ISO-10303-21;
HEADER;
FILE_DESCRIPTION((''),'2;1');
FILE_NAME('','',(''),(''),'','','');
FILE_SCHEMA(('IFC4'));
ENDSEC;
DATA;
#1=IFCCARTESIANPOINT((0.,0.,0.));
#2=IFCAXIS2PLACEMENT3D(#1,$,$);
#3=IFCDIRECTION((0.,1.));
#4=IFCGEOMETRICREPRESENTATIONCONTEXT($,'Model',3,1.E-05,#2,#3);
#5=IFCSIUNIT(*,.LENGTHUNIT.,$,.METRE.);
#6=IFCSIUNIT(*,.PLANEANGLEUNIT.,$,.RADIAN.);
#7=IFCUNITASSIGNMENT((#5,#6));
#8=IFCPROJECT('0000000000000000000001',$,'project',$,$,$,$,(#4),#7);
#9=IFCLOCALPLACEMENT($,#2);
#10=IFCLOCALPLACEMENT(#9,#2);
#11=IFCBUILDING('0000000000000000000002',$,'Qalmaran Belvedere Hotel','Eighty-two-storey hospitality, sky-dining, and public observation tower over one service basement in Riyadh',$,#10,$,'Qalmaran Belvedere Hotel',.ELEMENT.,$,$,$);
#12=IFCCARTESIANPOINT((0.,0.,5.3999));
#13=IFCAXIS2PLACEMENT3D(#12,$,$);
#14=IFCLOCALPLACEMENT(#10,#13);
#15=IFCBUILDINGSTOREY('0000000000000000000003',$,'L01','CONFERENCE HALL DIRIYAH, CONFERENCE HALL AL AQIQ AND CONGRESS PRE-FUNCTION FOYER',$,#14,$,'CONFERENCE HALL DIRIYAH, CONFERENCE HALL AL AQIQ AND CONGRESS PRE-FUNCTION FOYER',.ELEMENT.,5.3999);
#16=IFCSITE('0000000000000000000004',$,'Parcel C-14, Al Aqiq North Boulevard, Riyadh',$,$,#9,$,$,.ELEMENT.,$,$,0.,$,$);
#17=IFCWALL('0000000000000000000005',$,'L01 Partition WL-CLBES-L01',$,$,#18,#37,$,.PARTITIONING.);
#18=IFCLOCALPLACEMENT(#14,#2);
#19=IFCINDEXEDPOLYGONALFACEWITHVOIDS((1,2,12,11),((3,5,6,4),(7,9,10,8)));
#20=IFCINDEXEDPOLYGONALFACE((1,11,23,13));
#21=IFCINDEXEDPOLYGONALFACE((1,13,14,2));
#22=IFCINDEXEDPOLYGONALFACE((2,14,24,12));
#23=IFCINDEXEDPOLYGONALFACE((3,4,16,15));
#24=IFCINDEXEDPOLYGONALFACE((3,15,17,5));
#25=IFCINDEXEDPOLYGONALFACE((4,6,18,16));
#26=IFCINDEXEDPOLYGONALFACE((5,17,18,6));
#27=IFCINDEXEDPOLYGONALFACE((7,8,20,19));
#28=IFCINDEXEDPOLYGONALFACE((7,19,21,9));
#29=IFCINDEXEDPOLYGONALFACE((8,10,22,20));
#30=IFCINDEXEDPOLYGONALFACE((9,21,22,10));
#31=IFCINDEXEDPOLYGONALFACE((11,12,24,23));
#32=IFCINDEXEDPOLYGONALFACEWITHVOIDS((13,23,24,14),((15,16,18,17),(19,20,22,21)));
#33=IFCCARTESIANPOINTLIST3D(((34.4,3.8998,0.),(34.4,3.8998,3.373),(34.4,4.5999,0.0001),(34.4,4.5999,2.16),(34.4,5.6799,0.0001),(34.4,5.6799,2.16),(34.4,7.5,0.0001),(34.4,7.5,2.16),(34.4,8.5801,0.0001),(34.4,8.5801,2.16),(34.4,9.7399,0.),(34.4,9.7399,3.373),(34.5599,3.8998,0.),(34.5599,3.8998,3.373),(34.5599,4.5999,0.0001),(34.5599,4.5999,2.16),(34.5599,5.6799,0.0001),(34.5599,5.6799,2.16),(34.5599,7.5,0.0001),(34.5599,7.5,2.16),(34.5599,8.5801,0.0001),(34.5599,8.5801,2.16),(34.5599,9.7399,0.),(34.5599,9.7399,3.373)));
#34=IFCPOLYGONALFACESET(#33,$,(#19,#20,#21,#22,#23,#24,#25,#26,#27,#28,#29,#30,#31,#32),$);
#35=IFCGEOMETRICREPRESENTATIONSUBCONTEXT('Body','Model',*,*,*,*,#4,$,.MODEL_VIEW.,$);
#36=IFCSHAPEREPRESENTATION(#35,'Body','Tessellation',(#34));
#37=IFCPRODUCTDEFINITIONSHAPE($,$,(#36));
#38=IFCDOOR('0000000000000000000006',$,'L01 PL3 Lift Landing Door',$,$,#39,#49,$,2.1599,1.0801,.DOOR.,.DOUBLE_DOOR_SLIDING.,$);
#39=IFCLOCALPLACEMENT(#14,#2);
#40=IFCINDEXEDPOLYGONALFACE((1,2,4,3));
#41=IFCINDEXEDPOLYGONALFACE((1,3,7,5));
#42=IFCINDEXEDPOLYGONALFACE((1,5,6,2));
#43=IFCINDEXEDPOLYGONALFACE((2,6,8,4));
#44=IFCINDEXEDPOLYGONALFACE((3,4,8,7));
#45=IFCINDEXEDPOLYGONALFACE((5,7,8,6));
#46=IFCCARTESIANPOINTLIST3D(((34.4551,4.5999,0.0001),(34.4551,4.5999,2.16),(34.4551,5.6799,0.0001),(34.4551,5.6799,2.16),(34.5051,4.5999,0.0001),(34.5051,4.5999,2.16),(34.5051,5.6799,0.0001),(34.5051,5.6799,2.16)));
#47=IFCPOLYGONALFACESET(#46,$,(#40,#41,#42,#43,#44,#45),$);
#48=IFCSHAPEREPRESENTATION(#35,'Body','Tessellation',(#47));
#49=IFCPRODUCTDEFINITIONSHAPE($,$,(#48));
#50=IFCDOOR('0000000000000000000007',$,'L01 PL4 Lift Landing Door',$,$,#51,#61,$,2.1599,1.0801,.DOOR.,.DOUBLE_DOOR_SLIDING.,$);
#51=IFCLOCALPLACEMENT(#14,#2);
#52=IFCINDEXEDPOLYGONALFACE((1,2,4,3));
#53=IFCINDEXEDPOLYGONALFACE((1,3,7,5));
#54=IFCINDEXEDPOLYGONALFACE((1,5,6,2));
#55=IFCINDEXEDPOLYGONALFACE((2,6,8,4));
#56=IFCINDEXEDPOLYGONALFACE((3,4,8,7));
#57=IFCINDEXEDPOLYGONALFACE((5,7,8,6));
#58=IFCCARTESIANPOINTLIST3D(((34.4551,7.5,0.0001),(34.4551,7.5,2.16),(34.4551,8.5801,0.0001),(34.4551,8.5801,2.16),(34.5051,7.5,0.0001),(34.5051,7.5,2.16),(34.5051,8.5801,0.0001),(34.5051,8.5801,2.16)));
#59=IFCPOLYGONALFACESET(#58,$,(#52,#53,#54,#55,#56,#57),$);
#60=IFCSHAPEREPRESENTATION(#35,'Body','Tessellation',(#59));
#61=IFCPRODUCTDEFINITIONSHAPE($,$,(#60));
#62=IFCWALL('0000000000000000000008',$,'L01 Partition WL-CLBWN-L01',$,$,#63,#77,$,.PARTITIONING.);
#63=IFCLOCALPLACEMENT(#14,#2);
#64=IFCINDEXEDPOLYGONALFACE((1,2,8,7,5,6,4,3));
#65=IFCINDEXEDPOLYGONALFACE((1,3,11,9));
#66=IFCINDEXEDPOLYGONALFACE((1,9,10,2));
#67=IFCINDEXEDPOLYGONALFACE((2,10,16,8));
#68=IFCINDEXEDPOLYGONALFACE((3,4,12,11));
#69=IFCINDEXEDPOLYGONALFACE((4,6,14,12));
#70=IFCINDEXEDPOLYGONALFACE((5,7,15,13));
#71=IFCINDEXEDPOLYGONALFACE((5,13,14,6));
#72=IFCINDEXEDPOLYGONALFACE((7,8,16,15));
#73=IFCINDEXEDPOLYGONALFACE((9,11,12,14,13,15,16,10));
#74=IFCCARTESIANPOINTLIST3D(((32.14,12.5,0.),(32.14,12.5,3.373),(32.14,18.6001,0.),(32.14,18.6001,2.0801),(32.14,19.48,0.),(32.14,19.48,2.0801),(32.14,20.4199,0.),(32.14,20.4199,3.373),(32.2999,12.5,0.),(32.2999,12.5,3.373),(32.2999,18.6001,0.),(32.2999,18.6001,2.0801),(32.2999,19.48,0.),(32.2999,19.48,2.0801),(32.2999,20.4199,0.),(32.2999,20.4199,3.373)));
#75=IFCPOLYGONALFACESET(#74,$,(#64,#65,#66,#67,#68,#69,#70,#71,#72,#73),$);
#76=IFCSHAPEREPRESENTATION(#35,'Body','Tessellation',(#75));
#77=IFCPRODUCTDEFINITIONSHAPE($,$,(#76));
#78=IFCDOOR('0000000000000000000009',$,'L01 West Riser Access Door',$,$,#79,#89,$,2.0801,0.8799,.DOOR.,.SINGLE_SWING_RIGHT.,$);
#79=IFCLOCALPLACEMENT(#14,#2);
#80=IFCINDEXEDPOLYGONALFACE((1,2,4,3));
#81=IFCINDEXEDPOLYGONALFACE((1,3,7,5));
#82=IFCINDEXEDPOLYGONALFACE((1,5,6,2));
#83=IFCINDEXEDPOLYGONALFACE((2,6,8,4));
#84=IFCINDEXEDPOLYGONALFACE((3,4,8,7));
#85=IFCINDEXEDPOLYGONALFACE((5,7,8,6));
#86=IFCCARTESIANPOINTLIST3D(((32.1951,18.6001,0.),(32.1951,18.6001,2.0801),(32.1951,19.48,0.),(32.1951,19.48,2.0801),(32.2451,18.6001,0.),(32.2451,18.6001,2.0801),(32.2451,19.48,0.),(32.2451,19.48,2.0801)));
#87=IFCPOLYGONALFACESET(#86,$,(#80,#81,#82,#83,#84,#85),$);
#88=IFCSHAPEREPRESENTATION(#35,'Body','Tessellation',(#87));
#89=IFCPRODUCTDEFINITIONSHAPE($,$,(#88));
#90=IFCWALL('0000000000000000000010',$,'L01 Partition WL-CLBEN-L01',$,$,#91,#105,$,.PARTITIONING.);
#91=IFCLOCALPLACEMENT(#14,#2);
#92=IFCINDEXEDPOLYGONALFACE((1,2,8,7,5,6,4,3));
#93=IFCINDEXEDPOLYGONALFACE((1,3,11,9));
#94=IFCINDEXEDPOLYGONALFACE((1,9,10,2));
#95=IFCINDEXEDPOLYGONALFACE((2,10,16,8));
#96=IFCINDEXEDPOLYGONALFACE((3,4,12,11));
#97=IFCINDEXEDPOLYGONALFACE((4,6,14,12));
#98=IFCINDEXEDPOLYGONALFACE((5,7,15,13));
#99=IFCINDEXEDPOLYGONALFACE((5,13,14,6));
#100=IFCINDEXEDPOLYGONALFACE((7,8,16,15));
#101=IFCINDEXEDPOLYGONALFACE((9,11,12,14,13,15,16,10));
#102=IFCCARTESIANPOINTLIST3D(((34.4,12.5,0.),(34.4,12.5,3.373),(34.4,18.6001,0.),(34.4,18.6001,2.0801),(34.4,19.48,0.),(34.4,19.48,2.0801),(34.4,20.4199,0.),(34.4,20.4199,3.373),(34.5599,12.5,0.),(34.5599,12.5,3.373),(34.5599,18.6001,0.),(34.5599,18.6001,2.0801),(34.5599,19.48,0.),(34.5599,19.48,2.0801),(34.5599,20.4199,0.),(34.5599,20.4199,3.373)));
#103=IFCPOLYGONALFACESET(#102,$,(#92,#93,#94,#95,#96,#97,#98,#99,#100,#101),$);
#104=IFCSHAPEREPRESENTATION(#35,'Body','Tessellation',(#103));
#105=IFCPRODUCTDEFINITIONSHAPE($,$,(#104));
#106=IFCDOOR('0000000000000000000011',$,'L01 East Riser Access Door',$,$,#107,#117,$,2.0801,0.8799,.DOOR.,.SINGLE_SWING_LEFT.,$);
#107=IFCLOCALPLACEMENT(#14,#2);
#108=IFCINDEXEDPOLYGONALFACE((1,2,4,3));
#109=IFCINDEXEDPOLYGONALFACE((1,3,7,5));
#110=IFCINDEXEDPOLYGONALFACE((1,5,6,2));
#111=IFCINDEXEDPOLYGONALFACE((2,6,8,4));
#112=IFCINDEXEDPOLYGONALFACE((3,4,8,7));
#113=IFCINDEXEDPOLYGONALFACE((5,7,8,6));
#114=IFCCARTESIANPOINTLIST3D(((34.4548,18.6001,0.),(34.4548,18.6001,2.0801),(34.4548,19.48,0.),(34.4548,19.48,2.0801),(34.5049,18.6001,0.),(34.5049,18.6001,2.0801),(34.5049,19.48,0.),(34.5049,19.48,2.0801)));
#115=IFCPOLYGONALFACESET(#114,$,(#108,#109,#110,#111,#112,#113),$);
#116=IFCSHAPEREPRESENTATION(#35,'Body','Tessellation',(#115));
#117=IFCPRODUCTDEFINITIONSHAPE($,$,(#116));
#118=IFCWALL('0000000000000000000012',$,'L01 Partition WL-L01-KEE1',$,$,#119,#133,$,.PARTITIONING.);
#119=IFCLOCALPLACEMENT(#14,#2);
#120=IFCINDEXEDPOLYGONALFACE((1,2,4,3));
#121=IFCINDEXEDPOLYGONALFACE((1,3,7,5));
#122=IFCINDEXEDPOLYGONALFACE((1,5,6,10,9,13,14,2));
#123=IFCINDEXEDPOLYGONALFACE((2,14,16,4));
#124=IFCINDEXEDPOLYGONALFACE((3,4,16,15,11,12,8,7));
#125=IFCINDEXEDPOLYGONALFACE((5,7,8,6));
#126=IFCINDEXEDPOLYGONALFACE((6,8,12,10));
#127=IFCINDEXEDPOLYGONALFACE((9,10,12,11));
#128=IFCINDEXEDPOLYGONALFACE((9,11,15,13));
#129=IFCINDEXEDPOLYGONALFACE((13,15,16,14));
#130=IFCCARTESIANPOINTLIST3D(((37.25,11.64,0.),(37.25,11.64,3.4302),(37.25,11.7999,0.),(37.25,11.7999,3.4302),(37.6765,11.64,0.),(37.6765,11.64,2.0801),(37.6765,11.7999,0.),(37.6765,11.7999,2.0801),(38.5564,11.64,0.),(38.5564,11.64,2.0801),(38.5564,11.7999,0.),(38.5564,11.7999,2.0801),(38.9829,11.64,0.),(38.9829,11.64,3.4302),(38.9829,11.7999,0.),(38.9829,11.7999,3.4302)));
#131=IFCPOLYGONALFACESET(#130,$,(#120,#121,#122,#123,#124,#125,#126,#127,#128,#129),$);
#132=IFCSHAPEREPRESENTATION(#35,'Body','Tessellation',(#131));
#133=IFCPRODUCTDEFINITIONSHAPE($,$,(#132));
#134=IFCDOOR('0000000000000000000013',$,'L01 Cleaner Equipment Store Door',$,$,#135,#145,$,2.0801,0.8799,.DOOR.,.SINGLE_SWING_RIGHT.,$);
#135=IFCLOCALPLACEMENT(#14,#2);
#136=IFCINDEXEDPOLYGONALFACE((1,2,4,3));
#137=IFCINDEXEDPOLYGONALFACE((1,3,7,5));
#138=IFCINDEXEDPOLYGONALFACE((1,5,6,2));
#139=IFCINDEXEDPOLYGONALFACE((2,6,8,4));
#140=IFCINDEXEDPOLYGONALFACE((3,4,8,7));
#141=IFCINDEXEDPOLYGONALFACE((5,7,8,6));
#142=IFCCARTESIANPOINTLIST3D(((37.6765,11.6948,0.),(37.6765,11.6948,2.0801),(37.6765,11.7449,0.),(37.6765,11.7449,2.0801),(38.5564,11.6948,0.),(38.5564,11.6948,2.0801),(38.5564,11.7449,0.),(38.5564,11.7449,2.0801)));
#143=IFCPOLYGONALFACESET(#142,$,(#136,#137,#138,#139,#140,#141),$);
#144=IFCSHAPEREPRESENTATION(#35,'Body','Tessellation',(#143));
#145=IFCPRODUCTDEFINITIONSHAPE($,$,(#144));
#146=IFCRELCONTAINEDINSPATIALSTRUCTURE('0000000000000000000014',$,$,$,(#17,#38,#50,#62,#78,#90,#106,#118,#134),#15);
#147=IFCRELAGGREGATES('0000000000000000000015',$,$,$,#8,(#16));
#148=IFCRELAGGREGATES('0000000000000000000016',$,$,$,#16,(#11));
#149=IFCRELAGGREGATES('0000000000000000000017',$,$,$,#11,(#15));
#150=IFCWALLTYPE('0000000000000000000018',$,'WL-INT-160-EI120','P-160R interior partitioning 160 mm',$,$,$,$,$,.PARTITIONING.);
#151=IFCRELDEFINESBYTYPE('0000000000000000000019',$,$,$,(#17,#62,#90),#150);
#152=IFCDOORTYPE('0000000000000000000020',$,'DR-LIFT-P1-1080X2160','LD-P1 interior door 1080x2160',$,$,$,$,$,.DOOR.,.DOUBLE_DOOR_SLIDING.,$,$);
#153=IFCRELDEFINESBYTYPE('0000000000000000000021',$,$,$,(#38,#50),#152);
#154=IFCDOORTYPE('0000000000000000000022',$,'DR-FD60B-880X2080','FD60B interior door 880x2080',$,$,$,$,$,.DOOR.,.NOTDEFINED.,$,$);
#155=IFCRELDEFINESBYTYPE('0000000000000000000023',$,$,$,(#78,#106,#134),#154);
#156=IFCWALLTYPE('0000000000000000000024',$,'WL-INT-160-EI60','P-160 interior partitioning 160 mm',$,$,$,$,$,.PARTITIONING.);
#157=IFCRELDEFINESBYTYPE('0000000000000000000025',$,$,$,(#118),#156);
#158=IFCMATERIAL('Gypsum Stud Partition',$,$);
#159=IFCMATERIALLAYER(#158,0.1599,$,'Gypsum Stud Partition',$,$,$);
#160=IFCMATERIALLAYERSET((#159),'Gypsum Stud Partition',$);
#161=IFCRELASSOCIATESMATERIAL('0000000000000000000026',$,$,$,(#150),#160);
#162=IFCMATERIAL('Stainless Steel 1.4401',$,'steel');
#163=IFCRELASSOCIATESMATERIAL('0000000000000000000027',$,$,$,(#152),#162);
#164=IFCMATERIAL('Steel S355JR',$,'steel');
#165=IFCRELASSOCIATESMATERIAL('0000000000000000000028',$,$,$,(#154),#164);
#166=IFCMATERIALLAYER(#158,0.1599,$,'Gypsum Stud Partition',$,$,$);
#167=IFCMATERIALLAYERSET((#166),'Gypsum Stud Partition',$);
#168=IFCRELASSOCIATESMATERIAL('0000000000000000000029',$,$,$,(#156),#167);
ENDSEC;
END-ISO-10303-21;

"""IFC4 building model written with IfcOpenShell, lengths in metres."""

from ifc_helpers import new_model, si_unit, direction, frame, frame_2d, origin, place, context, subcontext, project, spatial, rectangle, extrude, material, layer, layer_set, type_object, element, fill, save


model = new_model("IFC4")

# Units and contexts
model_context = context("Model", 3, precision=1e-05, world=origin(), true_north=direction((0.0, 1.0)))
body_context = subcontext(model_context, "Body", "Model", "MODEL_VIEW")
ifc_project = project(units=[si_unit("LENGTHUNIT", "METRE"), si_unit("PLANEANGLEUNIT", "RADIAN")], contexts=[model_context])

# Site, building, storey
site_placement = place(None, origin())
site = spatial("IfcSite", under=ifc_project, at=site_placement, Name="Parcel C-14, Al Aqiq North Boulevard, Riyadh", CompositionType="ELEMENT", RefElevation=0.0)
building_placement = place(site_placement, origin())
building = spatial("IfcBuilding", under=site, at=building_placement, Name="Qalmaran Belvedere Hotel", Description="Eighty-two-storey hospitality, sky-dining, and public observation tower over one service basement in Riyadh", LongName="Qalmaran Belvedere Hotel", CompositionType="ELEMENT")
storey_placement = place(building_placement, frame((0.0, 0.0, 5.3999)))
storey = spatial("IfcBuildingStorey", under=building, at=storey_placement, Name="L01", Description="CONFERENCE HALL DIRIYAH, CONFERENCE HALL AL AQIQ AND CONGRESS PRE-FUNCTION FOYER", LongName="CONFERENCE HALL DIRIYAH, CONFERENCE HALL AL AQIQ AND CONGRESS PRE-FUNCTION FOYER", CompositionType="ELEMENT", Elevation=5.3999)

# Shared definitions
ifc_material_1 = material(Name="Steel S355JR", Category="steel")

# Shared definitions
ifc_material_2 = material(Name="Gypsum Stud Partition")
ifc_layer_1 = layer(ifc_material_2, 0.1599, Name="Gypsum Stud Partition")
ifc_layer_set_1 = layer_set([ifc_layer_1], Name="Gypsum Stud Partition")
wall_type_1 = type_object("IfcWallType", Name="WL-INT-160-EI120", Description="P-160R interior partitioning 160 mm", PredefinedType="PARTITIONING", material=ifc_layer_set_1)

# Wall, openings, doors
ifc_material_3 = material(Name="Stainless Steel 1.4401", Category="steel")
door_type_1 = type_object("IfcDoorType", Name="DR-LIFT-P1-1080X2160", Description="LD-P1 interior door 1080x2160", OperationType="DOUBLE_DOOR_SLIDING", PredefinedType="DOOR", material=ifc_material_3)
wall_1_placement = place(storey_placement, frame((34.48, 3.8999, 0.0), z_axis=(0.0, 0.0, 1.0), x_axis=(0.0, 1.0, 0.0)))
wall_1 = element("IfcWall", 1, at=wall_1_placement, inside=storey, type_object=wall_type_1, Name="L01 Partition WL-CLBES-L01", PredefinedType="PARTITIONING", context=body_context, shape_type="SweptSolid", body=[
    extrude(rectangle(XDim=5.8401, YDim=0.1599, at=frame_2d((2.9199, 0.0))), origin(), (0.0, 0.0, 1.0), 3.373),
])
opening_1_placement = place(wall_1_placement, frame((0.7, 0.0, 0.0)))
opening_1 = element("IfcOpeningElement", 2, at=opening_1_placement, cuts=wall_1, PredefinedType="OPENING", context=body_context, shape_type="SweptSolid", body=[
    extrude(rectangle(XDim=1.0801, YDim=2.1599, at=frame_2d((0.54, 1.0801))), frame((0.0, 0.0898, 0.0), z_axis=(0.0, -1.0, 0.0), x_axis=(1.0, 0.0, 0.0)), (0.0, 0.0, 1.0), 0.1799),
])
opening_2_placement = place(wall_1_placement, frame((3.6001, 0.0, 0.0)))
opening_2 = element("IfcOpeningElement", 3, at=opening_2_placement, cuts=wall_1, PredefinedType="OPENING", context=body_context, shape_type="SweptSolid", body=[
    extrude(rectangle(XDim=1.0801, YDim=2.1599, at=frame_2d((0.54, 1.0801))), frame((0.0, 0.0898, 0.0), z_axis=(0.0, -1.0, 0.0), x_axis=(1.0, 0.0, 0.0)), (0.0, 0.0, 1.0), 0.1799),
])
door_1_placement = place(opening_1_placement, origin())
door_1 = element("IfcDoor", 4, at=door_1_placement, inside=storey, type_object=door_type_1, Name="L01 PL3 Lift Landing Door", OperationType="DOUBLE_DOOR_SLIDING", OverallHeight=2.1599, OverallWidth=1.0801, PredefinedType="DOOR", context=body_context, shape_type="SweptSolid", body=[
    extrude(rectangle(XDim=1.0801, YDim=2.1599, at=frame_2d((0.54, 1.0801))), frame((0.0, 0.0249, 0.0), z_axis=(0.0, -1.0, 0.0), x_axis=(1.0, 0.0, 0.0)), (0.0, 0.0, 1.0), 0.05),
])
fill(opening_1, door_1)
door_2_placement = place(opening_2_placement, origin())
door_2 = element("IfcDoor", 5, at=door_2_placement, inside=storey, type_object=door_type_1, Name="L01 PL4 Lift Landing Door", OperationType="DOUBLE_DOOR_SLIDING", OverallHeight=2.1599, OverallWidth=1.0801, PredefinedType="DOOR", context=body_context, shape_type="SweptSolid", body=[
    extrude(rectangle(XDim=1.0801, YDim=2.1599, at=frame_2d((0.54, 1.0801))), frame((0.0, 0.0249, 0.0), z_axis=(0.0, -1.0, 0.0), x_axis=(1.0, 0.0, 0.0)), (0.0, 0.0, 1.0), 0.05),
])
fill(opening_2, door_2)

# Walls, openings, doors
wall_2_placement = place(storey_placement, frame((32.22, 12.5, 0.0), z_axis=(0.0, 0.0, 1.0), x_axis=(0.0, 1.0, 0.0)))
wall_2 = element("IfcWall", 6, at=wall_2_placement, inside=storey, type_object=wall_type_1, Name="L01 Partition WL-CLBWN-L01", PredefinedType="PARTITIONING", context=body_context, shape_type="SweptSolid", body=[
    extrude(rectangle(XDim=7.9199, YDim=0.1599, at=frame_2d((3.96, 0.0))), origin(), (0.0, 0.0, 1.0), 3.373),
])
opening_3_placement = place(wall_2_placement, frame((6.1001, 0.0, 0.0)))
opening_3 = element("IfcOpeningElement", 7, at=opening_3_placement, cuts=wall_2, PredefinedType="OPENING", context=body_context, shape_type="SweptSolid", body=[
    extrude(rectangle(XDim=0.8799, YDim=2.0801, at=frame_2d((0.4399, 1.04))), frame((0.0, 0.0898, 0.0), z_axis=(0.0, -1.0, 0.0), x_axis=(1.0, 0.0, 0.0)), (0.0, 0.0, 1.0), 0.1799),
])
door_type_2 = type_object("IfcDoorType", Name="DR-FD60B-880X2080", Description="FD60B interior door 880x2080", OperationType="NOTDEFINED", PredefinedType="DOOR", material=ifc_material_1)
door_3_placement = place(opening_3_placement, origin())
door_3 = element("IfcDoor", 8, at=door_3_placement, inside=storey, type_object=door_type_2, Name="L01 West Riser Access Door", OperationType="SINGLE_SWING_RIGHT", OverallHeight=2.0801, OverallWidth=0.8799, PredefinedType="DOOR", context=body_context, shape_type="SweptSolid", body=[
    extrude(rectangle(XDim=0.8799, YDim=2.0801, at=frame_2d((0.4399, 1.04))), frame((0.0, 0.0249, 0.0), z_axis=(0.0, -1.0, 0.0), x_axis=(1.0, 0.0, 0.0)), (0.0, 0.0, 1.0), 0.05),
])
fill(opening_3, door_3)
wall_3_placement = place(storey_placement, frame((34.48, 12.5, 0.0), z_axis=(0.0, 0.0, 1.0), x_axis=(0.0, 1.0, 0.0)))
wall_3 = element("IfcWall", 9, at=wall_3_placement, inside=storey, type_object=wall_type_1, Name="L01 Partition WL-CLBEN-L01", PredefinedType="PARTITIONING", context=body_context, shape_type="SweptSolid", body=[
    extrude(rectangle(XDim=7.9199, YDim=0.1599, at=frame_2d((3.96, 0.0))), origin(), (0.0, 0.0, 1.0), 3.373),
])
opening_4_placement = place(wall_3_placement, frame((6.98, 0.0, 0.0), z_axis=(0.0, 0.0, 1.0), x_axis=(-1.0, 0.0, 0.0)))
opening_4 = element("IfcOpeningElement", 10, at=opening_4_placement, cuts=wall_3, PredefinedType="OPENING", context=body_context, shape_type="SweptSolid", body=[
    extrude(rectangle(XDim=0.8799, YDim=2.0801, at=frame_2d((0.4399, 1.04))), frame((0.0, 0.0898, 0.0), z_axis=(0.0, -1.0, 0.0), x_axis=(1.0, 0.0, 0.0)), (0.0, 0.0, 1.0), 0.1799),
])
door_4_placement = place(opening_4_placement, origin())
door_4 = element("IfcDoor", 11, at=door_4_placement, inside=storey, type_object=door_type_2, Name="L01 East Riser Access Door", OperationType="SINGLE_SWING_LEFT", OverallHeight=2.0801, OverallWidth=0.8799, PredefinedType="DOOR", context=body_context, shape_type="SweptSolid", body=[
    extrude(rectangle(XDim=0.8799, YDim=2.0801, at=frame_2d((0.4399, 1.04))), frame((0.0, 0.0249, 0.0), z_axis=(0.0, -1.0, 0.0), x_axis=(1.0, 0.0, 0.0)), (0.0, 0.0, 1.0), 0.05),
])
fill(opening_4, door_4)
ifc_layer_2 = layer(ifc_material_2, 0.1599, Name="Gypsum Stud Partition")
ifc_layer_set_2 = layer_set([ifc_layer_2], Name="Gypsum Stud Partition")
wall_type_2 = type_object("IfcWallType", Name="WL-INT-160-EI60", Description="P-160 interior partitioning 160 mm", PredefinedType="PARTITIONING", material=ifc_layer_set_2)
wall_4_placement = place(storey_placement, frame((37.25, 11.72, 0.0), z_axis=(0.0, 0.0, 1.0), x_axis=(1.0, 0.0, 0.0)))
wall_4 = element("IfcWall", 12, at=wall_4_placement, inside=storey, type_object=wall_type_2, Name="L01 Partition WL-L01-KEE1", PredefinedType="PARTITIONING", context=body_context, shape_type="SweptSolid", body=[
    extrude(rectangle(XDim=1.7329, YDim=0.1599, at=frame_2d((0.8665, 0.0))), origin(), (0.0, 0.0, 1.0), 3.4302),
])
opening_5_placement = place(wall_4_placement, frame((0.4265, 0.0, 0.0)))
opening_5 = element("IfcOpeningElement", 13, at=opening_5_placement, cuts=wall_4, PredefinedType="OPENING", context=body_context, shape_type="SweptSolid", body=[
    extrude(rectangle(XDim=0.8799, YDim=2.0801, at=frame_2d((0.4399, 1.04))), frame((0.0, 0.0898, 0.0), z_axis=(0.0, -1.0, 0.0), x_axis=(1.0, 0.0, 0.0)), (0.0, 0.0, 1.0), 0.1799),
])
door_5_placement = place(opening_5_placement, origin())
door_5 = element("IfcDoor", 14, at=door_5_placement, inside=storey, type_object=door_type_2, Name="L01 Cleaner Equipment Store Door", OperationType="SINGLE_SWING_RIGHT", OverallHeight=2.0801, OverallWidth=0.8799, PredefinedType="DOOR", context=body_context, shape_type="SweptSolid", body=[
    extrude(rectangle(XDim=0.8799, YDim=2.0801, at=frame_2d((0.4399, 1.04))), frame((0.0, 0.0249, 0.0), z_axis=(0.0, -1.0, 0.0), x_axis=(1.0, 0.0, 0.0)), (0.0, 0.0, 1.0), 0.05),
])
fill(opening_5, door_5)

save(model, "model.ifc")
